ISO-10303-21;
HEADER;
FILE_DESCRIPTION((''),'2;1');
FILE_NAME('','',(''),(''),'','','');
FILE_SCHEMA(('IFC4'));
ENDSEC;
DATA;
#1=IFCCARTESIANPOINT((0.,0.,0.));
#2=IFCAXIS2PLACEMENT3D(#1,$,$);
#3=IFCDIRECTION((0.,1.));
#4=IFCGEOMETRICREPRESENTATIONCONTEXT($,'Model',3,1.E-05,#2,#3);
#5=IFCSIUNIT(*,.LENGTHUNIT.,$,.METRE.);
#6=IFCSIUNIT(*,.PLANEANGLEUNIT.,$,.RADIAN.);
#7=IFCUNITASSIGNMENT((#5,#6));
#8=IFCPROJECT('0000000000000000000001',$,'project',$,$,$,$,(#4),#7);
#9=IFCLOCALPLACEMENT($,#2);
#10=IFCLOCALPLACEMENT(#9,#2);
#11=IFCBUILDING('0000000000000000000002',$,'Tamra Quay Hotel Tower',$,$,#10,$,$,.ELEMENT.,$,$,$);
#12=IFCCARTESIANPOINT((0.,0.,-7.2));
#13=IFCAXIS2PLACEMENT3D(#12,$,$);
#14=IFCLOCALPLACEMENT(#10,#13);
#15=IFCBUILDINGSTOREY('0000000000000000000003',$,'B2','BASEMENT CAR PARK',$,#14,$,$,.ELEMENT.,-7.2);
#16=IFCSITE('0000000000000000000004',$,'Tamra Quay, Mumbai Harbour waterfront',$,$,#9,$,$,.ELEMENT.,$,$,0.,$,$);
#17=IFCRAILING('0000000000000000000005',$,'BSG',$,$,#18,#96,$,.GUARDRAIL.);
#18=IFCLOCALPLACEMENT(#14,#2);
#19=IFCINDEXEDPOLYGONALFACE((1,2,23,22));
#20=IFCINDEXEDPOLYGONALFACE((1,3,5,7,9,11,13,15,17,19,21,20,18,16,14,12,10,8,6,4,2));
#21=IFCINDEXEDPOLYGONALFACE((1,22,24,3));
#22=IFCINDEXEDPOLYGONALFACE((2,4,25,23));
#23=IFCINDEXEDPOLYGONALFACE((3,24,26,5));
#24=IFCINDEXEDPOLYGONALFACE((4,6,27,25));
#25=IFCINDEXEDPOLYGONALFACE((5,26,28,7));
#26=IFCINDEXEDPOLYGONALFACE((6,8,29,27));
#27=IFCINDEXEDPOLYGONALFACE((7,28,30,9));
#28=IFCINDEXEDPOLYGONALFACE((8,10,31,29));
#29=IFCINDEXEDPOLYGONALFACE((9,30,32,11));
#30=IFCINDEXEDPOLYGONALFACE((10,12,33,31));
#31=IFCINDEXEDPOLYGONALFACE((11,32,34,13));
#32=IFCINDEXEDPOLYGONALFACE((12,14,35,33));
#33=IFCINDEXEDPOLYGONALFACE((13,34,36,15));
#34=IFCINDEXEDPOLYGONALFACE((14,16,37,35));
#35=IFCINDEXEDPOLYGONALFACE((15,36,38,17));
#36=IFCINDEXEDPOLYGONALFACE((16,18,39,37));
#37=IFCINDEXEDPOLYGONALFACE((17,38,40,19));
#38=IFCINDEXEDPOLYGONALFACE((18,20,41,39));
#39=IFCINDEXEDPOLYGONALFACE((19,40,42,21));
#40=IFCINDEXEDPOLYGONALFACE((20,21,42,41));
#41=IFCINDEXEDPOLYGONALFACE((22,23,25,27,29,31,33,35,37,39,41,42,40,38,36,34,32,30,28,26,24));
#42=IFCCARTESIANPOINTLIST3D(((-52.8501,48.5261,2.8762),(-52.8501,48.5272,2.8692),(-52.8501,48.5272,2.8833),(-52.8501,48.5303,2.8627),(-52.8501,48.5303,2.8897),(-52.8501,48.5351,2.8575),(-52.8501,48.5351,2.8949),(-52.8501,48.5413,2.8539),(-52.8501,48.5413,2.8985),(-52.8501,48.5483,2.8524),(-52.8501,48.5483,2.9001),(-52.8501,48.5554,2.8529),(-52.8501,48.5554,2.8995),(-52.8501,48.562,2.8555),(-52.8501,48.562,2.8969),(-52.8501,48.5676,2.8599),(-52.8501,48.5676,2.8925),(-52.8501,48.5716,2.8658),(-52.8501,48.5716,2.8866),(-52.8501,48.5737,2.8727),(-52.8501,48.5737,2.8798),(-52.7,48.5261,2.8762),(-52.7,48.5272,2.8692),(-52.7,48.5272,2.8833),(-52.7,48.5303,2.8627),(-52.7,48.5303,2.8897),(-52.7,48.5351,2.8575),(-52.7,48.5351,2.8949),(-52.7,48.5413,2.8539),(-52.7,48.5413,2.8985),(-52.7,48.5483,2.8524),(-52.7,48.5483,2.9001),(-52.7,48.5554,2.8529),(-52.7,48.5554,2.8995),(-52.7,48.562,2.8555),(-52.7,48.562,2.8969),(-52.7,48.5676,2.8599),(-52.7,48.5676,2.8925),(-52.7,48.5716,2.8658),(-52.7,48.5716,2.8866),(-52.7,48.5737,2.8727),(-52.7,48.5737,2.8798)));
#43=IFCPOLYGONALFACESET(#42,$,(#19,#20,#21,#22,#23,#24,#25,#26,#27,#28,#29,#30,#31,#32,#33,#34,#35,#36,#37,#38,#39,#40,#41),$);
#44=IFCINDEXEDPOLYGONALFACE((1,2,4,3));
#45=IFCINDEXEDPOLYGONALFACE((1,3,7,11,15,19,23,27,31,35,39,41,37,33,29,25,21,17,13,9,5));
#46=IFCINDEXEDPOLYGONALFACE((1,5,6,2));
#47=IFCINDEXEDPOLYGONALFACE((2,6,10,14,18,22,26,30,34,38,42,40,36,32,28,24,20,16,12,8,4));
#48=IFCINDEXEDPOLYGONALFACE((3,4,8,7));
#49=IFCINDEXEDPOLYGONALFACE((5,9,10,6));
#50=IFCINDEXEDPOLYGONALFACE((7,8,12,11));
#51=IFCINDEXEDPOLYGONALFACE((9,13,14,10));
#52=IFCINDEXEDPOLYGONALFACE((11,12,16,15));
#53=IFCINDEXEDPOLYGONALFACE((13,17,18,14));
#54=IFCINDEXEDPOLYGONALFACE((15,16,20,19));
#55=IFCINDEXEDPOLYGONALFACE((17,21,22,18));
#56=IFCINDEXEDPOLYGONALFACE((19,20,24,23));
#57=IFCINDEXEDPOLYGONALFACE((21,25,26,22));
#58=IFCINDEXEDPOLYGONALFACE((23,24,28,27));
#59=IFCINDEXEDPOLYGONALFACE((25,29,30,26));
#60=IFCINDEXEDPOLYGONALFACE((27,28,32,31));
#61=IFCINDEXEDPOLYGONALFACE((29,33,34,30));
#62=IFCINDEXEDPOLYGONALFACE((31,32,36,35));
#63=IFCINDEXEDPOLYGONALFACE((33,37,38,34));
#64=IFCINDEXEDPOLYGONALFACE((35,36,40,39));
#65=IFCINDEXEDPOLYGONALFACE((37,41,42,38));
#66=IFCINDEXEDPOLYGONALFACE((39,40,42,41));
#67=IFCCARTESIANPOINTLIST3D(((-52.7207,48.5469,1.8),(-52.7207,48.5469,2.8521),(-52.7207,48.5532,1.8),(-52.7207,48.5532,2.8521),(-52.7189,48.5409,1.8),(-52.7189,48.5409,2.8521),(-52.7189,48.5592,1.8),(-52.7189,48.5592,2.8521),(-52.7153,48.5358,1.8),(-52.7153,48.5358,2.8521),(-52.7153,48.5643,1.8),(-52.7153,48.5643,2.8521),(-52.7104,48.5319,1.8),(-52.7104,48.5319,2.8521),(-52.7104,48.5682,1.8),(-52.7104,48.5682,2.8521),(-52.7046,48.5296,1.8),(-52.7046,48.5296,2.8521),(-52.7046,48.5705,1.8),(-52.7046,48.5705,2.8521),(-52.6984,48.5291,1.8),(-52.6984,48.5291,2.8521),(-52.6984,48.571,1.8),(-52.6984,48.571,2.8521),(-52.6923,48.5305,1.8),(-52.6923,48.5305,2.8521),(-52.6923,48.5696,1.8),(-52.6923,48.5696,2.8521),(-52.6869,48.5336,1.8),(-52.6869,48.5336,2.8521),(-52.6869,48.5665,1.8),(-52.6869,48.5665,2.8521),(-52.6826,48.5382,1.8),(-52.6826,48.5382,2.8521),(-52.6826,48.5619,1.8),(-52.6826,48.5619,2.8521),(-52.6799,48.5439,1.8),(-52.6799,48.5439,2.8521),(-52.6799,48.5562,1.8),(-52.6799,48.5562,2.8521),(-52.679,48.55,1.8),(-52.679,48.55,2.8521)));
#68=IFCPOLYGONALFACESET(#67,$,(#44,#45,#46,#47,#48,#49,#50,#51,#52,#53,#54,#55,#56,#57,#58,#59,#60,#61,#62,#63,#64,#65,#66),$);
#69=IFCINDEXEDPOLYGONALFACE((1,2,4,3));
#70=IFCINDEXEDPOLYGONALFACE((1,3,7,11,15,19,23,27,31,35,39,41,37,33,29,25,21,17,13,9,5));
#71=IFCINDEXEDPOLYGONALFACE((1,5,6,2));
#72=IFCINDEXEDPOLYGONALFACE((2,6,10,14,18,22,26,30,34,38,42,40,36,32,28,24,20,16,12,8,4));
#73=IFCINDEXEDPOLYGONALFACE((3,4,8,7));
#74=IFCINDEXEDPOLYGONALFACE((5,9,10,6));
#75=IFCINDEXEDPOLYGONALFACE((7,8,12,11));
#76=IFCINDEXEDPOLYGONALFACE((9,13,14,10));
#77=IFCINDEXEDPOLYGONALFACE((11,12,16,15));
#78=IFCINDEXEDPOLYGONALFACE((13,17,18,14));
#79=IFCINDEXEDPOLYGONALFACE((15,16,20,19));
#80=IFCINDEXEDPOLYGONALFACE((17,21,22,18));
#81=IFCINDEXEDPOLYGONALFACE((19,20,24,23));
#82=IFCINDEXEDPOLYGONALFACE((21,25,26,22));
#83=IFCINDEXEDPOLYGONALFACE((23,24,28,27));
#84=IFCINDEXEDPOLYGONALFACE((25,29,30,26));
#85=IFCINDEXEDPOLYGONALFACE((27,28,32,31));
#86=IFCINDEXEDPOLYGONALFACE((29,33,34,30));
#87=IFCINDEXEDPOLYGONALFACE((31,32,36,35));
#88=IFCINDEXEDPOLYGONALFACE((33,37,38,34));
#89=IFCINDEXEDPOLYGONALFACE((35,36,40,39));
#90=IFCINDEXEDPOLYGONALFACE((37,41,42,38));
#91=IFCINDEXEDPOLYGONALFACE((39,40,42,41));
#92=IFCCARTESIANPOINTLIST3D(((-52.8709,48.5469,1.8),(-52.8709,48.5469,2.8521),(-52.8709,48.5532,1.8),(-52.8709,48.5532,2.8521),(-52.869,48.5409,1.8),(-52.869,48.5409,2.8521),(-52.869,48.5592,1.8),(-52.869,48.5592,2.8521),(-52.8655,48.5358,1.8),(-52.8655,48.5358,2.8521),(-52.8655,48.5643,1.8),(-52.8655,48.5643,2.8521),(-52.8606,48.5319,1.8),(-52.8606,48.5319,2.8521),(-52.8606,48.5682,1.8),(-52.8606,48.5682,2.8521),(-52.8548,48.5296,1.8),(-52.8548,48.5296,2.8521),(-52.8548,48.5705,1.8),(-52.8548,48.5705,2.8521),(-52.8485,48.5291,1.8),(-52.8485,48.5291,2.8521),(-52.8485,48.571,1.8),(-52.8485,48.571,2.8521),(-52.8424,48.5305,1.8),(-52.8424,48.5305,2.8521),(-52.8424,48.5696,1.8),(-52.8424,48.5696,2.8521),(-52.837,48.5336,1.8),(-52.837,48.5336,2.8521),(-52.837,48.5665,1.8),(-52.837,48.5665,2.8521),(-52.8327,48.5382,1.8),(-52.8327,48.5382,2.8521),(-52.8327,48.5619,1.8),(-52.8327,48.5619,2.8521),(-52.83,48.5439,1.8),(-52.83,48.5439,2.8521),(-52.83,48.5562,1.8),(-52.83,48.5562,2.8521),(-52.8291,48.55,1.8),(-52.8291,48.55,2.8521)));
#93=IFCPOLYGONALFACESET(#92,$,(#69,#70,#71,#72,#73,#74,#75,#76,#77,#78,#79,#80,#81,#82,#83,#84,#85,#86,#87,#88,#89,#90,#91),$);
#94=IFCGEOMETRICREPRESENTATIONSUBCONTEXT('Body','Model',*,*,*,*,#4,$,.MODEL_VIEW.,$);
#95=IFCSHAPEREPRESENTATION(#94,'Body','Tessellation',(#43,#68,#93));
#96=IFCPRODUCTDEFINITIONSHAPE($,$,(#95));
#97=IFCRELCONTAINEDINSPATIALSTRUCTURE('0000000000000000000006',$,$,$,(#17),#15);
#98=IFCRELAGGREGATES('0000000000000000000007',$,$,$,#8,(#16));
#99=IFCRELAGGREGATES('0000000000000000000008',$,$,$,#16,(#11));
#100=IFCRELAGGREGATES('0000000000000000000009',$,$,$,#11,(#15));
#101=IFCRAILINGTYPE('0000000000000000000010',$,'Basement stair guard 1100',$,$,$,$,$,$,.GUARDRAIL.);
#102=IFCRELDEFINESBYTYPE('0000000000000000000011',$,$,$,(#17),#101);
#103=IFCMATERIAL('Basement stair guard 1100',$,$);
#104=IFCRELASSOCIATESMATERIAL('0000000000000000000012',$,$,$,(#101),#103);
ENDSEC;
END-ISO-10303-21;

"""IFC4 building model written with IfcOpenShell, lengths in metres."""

from ifc_helpers import new_model, si_unit, direction, frame, origin, origin_2d, place, context, subcontext, project, spatial, circle, extrude, material, type_object, element, save


model = new_model("IFC4")

# Units and contexts
model_context = context("Model", 3, precision=1e-05, world=origin(), true_north=direction((0.0, 1.0)))
body_context = subcontext(model_context, "Body", "Model", "MODEL_VIEW")
ifc_project = project(units=[si_unit("LENGTHUNIT", "METRE"), si_unit("PLANEANGLEUNIT", "RADIAN")], contexts=[model_context])

# Site, building, storey
site_placement = place(None, origin())
site = spatial("IfcSite", under=ifc_project, at=site_placement, Name="Tamra Quay, Mumbai Harbour waterfront", CompositionType="ELEMENT", RefElevation=0.0)
building_placement = place(site_placement, origin())
building = spatial("IfcBuilding", under=site, at=building_placement, Name="Tamra Quay Hotel Tower", CompositionType="ELEMENT")
storey_placement = place(building_placement, frame((0.0, 0.0, -7.2)))
storey = spatial("IfcBuildingStorey", under=building, at=storey_placement, Name="B2", Description="BASEMENT CAR PARK", CompositionType="ELEMENT", Elevation=-7.2)

# Railing
ifc_material_1 = material(Name="Basement stair guard 1100")
railing_type_1 = type_object("IfcRailingType", Name="Basement stair guard 1100", PredefinedType="GUARDRAIL", material=ifc_material_1)
railing_1_placement = place(storey_placement, frame((-52.7, 48.55, 1.8)))
element("IfcRailing", 1, at=railing_1_placement, inside=storey, type_object=railing_type_1, Name="BSG", PredefinedType="GUARDRAIL", context=body_context, shape_type="SweptSolid", body=[
    extrude(circle(Radius=0.0239, at=origin_2d()), frame((0.0, 0.0, 1.0762), z_axis=(-1.0, 0.0, 0.0), x_axis=(0.0, -1.0, 0.0)), (0.0, 0.0, 1.0), 0.1501),
    extrude(circle(Radius=0.021, at=origin_2d()), origin(), (0.0, 0.0, 1.0), 1.052),
    extrude(circle(Radius=0.021, at=origin_2d()), frame((-0.1501, 0.0, 0.0)), (0.0, 0.0, 1.0), 1.052),
])

save(model, "model.ifc")
